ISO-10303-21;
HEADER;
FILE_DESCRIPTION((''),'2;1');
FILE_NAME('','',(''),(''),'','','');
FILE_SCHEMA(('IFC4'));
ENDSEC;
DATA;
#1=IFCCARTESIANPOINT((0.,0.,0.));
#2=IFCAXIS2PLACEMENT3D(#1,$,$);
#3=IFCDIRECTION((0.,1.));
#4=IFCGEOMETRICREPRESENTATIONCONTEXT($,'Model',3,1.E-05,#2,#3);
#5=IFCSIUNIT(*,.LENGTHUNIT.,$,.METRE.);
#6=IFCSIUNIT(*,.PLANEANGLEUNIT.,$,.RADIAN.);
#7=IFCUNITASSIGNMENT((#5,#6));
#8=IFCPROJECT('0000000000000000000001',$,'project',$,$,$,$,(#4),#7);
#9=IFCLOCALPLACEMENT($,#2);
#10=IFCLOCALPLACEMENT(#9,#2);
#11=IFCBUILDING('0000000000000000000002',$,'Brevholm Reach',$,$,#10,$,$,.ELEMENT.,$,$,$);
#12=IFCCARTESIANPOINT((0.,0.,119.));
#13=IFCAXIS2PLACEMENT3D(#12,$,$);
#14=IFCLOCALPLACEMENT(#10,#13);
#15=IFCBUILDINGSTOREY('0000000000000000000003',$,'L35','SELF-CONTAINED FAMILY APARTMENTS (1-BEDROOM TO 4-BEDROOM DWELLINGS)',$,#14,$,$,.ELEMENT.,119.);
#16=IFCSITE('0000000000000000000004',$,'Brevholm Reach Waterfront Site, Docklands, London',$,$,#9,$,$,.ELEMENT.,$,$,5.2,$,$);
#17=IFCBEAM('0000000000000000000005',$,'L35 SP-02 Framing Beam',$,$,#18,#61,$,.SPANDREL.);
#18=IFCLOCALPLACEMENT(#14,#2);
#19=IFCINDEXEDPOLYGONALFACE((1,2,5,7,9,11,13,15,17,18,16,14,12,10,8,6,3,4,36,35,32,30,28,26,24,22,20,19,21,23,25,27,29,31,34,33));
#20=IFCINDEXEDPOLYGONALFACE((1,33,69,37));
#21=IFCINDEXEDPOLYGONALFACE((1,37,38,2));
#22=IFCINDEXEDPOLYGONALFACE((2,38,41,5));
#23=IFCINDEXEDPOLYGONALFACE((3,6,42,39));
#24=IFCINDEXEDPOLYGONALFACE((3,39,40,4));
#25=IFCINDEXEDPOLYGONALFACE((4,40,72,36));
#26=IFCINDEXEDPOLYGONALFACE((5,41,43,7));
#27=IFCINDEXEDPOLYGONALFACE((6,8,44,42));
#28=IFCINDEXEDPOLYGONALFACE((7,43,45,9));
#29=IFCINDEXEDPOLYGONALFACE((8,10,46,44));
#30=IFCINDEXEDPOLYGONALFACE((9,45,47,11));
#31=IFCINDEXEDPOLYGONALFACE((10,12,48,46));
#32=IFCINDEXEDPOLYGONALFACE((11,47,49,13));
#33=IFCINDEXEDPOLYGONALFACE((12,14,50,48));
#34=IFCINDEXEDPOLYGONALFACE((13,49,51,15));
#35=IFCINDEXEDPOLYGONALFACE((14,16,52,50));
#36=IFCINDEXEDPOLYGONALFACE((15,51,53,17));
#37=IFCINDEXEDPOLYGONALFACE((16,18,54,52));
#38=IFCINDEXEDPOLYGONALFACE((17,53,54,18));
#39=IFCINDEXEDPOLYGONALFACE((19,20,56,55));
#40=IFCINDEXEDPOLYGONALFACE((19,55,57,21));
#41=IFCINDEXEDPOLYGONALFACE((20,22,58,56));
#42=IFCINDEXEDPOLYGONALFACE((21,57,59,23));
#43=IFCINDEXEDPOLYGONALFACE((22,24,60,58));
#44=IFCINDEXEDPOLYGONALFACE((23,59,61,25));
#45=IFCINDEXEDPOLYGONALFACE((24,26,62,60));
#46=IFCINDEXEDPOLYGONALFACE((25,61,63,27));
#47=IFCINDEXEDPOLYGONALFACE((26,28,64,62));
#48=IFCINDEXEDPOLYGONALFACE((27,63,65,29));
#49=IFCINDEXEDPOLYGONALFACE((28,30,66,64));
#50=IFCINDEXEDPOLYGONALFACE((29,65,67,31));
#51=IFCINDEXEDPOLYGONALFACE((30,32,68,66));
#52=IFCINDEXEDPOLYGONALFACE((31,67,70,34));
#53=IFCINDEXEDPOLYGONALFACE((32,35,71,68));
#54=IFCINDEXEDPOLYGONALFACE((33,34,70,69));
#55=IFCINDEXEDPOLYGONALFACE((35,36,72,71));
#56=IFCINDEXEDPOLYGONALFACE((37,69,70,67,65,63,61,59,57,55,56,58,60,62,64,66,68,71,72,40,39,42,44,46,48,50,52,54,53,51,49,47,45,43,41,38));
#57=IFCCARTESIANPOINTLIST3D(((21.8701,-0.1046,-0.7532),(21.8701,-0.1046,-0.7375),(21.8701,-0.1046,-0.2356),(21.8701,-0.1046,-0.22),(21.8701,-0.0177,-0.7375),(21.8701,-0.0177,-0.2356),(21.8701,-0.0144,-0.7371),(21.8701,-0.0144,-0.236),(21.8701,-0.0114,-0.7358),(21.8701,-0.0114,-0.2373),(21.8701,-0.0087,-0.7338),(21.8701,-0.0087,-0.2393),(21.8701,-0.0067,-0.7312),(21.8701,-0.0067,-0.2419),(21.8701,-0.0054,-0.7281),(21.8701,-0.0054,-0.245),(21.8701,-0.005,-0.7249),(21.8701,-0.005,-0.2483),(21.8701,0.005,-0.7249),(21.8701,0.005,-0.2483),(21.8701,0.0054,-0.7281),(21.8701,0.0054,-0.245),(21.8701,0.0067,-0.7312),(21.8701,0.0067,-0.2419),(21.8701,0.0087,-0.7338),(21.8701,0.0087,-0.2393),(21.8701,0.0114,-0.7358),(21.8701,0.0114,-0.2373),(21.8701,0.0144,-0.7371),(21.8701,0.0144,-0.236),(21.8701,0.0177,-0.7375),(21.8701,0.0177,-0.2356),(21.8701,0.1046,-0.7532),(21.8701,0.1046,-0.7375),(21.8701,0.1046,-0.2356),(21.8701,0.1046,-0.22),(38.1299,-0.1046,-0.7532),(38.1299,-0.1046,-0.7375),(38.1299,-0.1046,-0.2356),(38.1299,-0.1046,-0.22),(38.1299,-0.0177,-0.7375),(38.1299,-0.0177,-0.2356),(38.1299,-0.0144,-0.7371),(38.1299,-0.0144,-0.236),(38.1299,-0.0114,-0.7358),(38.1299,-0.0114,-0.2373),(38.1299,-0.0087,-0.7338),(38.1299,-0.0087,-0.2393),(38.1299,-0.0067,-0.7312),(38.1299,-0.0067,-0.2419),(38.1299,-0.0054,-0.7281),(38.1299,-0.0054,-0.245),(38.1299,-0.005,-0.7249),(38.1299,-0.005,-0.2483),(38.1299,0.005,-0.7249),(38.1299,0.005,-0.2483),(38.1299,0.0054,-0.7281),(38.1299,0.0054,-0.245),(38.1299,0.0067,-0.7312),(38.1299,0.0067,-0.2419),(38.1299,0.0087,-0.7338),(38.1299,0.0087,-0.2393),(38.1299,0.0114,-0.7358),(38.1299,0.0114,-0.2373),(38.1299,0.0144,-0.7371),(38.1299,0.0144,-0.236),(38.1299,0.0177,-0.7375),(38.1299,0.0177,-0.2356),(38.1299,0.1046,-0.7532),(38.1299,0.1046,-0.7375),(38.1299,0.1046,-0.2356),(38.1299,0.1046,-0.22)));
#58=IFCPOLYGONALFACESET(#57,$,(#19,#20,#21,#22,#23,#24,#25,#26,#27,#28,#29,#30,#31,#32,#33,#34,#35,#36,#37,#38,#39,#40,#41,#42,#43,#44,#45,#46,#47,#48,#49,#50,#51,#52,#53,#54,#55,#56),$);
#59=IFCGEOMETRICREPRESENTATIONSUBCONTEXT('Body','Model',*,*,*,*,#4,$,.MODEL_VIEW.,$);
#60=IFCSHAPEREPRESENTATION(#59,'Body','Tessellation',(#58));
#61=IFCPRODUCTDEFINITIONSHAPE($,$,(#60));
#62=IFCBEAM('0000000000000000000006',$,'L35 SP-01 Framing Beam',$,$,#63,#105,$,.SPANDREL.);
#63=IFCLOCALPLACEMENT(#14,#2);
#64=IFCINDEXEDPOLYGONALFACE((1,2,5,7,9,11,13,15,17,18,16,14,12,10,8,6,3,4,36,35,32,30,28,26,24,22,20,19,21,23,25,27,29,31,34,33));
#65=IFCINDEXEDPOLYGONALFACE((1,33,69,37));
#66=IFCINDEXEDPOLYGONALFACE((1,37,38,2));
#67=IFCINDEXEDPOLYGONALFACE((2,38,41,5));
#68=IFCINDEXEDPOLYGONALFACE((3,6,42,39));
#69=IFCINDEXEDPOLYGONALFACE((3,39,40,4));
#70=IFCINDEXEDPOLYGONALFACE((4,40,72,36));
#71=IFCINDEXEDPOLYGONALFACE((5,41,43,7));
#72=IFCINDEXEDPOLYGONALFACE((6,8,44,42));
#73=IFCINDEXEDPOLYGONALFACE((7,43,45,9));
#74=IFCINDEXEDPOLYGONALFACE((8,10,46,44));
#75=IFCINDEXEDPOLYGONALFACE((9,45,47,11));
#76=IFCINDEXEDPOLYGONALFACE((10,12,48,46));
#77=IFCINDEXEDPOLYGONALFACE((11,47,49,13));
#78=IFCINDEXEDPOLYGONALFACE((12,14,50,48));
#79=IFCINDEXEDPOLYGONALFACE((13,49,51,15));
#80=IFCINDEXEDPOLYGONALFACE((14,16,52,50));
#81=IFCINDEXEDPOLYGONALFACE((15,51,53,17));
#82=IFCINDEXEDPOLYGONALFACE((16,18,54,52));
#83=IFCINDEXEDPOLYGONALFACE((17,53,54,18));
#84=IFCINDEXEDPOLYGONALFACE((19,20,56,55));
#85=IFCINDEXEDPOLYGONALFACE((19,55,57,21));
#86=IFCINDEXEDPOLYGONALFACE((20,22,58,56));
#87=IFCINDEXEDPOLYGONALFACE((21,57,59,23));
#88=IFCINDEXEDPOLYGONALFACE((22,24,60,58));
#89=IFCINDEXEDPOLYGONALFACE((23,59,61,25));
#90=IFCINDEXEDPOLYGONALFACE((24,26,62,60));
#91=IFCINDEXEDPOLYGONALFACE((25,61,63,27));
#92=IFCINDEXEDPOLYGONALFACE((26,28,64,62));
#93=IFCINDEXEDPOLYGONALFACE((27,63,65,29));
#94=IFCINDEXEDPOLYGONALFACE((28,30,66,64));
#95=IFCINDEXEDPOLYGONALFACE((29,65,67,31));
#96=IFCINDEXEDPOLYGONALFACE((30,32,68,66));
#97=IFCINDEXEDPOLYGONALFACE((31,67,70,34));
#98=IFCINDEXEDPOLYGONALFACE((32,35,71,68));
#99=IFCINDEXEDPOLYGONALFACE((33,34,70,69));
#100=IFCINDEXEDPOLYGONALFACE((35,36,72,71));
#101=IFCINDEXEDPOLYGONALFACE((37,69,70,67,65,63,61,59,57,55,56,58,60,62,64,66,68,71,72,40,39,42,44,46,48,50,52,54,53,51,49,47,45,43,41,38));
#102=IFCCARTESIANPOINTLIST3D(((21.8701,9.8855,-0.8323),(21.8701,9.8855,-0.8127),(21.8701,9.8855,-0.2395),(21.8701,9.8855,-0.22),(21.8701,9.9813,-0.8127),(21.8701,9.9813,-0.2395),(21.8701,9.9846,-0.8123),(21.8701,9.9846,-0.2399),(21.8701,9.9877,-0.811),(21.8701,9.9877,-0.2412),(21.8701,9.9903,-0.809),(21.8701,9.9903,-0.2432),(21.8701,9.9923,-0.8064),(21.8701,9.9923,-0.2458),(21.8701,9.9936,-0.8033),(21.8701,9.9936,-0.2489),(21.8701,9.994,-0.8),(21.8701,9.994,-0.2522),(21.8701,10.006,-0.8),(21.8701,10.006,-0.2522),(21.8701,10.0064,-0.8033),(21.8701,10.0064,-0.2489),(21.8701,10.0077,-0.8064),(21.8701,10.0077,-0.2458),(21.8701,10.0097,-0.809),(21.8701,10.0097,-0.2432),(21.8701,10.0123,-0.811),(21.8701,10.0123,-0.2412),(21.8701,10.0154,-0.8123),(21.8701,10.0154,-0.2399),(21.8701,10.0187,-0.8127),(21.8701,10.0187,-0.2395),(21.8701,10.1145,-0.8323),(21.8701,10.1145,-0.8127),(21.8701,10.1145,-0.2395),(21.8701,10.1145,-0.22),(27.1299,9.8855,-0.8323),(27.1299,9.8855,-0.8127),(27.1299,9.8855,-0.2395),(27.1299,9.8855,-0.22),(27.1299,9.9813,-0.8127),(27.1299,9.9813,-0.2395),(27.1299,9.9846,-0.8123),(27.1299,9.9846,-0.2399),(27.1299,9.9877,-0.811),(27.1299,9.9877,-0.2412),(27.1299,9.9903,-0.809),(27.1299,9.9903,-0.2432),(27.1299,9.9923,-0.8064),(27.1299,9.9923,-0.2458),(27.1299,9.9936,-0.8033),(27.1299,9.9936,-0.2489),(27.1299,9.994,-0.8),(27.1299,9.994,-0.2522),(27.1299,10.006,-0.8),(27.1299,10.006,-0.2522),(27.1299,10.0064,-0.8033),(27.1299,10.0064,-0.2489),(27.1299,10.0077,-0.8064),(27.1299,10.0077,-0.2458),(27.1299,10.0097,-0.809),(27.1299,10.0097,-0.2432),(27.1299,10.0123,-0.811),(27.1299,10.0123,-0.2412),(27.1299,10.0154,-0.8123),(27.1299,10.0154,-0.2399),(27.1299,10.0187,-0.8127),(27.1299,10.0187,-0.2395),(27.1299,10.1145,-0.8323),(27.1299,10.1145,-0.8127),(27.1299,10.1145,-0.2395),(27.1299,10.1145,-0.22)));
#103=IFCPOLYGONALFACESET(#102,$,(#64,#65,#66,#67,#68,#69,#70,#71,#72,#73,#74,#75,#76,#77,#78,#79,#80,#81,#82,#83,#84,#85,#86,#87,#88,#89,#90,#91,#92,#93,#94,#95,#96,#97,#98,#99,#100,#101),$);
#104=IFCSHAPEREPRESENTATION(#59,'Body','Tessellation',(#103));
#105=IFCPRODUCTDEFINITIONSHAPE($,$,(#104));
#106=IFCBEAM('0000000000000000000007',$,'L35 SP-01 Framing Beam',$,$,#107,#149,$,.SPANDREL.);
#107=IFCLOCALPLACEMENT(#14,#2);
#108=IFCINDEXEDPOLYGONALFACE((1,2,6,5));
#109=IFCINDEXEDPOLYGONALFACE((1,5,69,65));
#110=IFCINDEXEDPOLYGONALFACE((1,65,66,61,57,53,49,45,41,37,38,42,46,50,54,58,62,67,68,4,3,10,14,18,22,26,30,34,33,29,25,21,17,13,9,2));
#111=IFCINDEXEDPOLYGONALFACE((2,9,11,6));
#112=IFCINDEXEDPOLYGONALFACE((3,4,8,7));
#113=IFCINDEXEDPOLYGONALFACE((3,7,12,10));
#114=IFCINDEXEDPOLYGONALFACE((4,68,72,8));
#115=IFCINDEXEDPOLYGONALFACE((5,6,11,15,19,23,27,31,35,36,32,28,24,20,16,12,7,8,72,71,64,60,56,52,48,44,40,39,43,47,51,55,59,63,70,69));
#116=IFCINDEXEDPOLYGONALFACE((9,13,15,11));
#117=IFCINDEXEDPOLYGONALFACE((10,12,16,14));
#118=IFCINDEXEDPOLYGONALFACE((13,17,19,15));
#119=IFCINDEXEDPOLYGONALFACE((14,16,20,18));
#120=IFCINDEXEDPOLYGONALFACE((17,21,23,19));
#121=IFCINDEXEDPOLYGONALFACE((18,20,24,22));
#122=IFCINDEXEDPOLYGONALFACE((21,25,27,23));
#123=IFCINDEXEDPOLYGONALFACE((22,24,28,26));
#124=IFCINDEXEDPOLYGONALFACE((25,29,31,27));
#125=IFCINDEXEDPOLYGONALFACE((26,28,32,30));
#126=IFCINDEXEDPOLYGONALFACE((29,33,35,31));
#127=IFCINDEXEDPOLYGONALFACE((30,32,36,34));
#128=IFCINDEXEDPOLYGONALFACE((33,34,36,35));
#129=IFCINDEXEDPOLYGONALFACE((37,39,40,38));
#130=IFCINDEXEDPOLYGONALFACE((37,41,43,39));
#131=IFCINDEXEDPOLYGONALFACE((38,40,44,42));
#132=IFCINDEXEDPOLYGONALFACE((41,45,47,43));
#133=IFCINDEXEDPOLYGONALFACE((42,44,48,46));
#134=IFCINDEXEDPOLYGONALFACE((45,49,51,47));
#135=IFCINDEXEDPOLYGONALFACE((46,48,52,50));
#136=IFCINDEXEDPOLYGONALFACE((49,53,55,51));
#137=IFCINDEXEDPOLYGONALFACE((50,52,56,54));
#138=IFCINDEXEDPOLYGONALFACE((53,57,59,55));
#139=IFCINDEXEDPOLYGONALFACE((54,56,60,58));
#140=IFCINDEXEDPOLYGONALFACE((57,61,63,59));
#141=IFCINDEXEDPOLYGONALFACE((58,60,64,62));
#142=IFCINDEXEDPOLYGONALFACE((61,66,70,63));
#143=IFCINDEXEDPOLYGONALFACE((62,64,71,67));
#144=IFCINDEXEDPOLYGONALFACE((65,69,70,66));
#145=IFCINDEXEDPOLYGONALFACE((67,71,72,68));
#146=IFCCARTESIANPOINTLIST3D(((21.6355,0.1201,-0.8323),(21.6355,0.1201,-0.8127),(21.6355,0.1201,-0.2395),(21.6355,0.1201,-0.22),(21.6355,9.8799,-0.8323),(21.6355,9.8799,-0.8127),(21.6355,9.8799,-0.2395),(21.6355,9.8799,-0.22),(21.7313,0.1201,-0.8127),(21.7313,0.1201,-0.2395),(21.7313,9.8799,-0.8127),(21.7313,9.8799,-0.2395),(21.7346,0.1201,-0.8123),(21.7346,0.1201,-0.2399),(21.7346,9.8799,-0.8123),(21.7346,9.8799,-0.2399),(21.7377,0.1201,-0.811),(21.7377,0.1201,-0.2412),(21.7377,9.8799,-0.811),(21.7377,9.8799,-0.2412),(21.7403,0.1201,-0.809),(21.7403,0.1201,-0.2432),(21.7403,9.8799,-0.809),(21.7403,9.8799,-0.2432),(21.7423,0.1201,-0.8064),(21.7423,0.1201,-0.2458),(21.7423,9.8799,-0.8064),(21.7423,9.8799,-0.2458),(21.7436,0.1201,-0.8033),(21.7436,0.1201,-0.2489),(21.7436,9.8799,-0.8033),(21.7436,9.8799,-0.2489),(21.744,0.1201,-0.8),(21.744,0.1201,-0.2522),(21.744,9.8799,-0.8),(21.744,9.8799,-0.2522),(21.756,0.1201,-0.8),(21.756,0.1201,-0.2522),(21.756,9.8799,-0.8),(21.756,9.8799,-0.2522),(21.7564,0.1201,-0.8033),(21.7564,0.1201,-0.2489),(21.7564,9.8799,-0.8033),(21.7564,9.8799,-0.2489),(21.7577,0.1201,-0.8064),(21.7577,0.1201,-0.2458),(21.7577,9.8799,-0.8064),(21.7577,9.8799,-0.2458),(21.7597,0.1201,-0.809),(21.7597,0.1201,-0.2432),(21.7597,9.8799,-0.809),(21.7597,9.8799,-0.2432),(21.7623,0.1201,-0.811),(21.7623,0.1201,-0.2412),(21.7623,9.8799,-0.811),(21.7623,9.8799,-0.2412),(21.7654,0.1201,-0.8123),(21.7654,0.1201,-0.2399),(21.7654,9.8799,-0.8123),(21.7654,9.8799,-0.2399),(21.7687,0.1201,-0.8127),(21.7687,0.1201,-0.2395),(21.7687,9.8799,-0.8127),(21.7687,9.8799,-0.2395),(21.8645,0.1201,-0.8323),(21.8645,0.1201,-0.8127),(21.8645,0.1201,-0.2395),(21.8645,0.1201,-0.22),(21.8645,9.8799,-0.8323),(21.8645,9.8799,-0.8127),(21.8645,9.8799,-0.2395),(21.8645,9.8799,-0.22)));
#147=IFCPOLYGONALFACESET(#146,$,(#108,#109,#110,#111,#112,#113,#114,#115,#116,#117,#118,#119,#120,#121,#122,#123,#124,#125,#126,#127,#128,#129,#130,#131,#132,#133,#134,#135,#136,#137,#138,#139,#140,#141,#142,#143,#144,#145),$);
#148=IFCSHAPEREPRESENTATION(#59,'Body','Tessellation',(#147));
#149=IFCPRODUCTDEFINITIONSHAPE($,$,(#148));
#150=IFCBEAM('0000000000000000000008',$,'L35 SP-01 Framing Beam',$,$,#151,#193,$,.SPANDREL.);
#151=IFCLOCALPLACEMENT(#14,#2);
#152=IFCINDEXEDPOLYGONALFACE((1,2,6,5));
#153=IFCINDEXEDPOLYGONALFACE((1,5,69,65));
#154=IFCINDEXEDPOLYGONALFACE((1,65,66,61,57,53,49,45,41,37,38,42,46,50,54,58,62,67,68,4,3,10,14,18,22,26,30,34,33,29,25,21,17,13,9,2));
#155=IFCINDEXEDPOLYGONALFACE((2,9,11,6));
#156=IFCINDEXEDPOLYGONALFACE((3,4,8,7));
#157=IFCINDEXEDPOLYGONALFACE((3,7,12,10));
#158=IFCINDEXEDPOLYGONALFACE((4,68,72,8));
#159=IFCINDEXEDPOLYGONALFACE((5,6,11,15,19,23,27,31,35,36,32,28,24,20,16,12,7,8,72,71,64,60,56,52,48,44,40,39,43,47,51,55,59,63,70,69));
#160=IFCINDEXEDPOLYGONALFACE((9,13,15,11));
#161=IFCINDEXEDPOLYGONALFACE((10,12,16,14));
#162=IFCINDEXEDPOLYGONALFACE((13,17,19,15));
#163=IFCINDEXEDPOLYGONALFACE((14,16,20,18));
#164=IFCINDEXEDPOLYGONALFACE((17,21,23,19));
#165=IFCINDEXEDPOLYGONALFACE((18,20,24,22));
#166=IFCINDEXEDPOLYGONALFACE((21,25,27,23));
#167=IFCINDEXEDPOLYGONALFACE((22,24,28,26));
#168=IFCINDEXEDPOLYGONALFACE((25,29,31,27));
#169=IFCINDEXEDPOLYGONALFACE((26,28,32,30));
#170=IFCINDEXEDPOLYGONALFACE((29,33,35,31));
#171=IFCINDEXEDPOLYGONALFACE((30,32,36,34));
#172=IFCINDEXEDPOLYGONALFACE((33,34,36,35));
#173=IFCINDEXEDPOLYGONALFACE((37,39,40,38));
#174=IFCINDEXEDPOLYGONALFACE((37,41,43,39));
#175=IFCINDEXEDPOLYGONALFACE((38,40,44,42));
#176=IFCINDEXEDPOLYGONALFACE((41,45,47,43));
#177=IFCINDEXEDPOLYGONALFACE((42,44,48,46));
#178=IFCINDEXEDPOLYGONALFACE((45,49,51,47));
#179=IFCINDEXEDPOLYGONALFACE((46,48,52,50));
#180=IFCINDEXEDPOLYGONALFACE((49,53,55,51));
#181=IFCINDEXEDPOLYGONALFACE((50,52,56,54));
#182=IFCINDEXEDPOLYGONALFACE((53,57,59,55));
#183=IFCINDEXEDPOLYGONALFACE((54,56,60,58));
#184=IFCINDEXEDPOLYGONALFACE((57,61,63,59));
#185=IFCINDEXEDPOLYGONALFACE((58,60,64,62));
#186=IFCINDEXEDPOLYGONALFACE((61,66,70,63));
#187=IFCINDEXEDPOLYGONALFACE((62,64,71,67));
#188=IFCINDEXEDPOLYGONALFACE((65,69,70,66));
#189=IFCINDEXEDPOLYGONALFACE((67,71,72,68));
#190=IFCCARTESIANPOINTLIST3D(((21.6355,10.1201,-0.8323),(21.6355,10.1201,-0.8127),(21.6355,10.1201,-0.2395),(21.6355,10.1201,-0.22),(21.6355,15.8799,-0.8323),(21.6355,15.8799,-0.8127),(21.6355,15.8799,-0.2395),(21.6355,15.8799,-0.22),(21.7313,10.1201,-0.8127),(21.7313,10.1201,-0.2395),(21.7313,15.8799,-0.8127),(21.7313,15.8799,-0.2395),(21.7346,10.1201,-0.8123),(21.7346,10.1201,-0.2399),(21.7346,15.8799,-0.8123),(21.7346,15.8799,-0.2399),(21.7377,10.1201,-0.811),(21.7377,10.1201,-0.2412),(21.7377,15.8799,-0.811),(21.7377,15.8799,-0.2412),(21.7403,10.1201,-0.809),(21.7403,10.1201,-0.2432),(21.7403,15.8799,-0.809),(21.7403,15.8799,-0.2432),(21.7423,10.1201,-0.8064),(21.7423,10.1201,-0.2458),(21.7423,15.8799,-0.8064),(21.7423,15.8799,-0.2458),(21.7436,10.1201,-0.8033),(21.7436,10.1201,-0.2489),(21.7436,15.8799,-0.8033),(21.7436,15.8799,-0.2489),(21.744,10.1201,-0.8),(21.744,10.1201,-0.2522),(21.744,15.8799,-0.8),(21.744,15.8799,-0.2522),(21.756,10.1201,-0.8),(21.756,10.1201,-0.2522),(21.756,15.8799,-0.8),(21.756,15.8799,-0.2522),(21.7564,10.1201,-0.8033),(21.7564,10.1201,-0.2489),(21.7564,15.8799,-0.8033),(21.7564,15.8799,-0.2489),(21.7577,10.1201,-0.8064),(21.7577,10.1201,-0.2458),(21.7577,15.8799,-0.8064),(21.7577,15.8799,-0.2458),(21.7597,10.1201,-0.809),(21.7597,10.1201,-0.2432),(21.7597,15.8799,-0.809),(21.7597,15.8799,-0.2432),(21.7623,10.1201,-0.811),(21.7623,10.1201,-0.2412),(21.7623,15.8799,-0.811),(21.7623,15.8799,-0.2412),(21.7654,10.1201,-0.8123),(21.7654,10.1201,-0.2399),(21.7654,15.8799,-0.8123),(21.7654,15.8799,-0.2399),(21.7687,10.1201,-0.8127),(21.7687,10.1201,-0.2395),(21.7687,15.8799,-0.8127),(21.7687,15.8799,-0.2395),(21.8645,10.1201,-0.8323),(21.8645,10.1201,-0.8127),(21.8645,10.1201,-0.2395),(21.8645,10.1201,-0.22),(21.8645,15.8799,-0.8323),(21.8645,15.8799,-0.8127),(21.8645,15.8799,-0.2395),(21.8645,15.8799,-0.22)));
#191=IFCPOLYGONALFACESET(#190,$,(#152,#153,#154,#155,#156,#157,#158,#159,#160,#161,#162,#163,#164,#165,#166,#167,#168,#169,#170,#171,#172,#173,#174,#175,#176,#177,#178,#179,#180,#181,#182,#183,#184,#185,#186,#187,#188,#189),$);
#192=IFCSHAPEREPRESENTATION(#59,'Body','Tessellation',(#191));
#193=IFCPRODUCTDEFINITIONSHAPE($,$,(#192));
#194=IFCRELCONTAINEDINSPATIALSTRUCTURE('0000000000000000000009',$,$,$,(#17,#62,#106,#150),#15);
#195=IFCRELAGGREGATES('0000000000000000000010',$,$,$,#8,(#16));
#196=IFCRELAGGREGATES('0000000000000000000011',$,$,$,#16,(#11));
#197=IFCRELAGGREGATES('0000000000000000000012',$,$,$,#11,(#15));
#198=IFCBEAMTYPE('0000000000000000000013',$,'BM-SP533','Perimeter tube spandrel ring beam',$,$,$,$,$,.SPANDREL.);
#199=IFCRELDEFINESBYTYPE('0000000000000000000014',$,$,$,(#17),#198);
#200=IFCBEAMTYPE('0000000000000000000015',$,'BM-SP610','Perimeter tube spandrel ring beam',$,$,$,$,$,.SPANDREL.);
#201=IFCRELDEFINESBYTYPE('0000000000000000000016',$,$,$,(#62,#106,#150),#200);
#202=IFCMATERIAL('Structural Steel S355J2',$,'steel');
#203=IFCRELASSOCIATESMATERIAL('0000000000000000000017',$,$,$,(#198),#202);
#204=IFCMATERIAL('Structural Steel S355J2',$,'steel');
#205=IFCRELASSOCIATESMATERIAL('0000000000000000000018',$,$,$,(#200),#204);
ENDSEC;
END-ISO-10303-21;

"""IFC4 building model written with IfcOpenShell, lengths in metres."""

from ifc_helpers import new_model, si_unit, direction, frame, origin, origin_2d, place, context, subcontext, project, spatial, i_section, extrude, material, material_profile, profile_set, type_object, element, save


model = new_model("IFC4")

# Units and contexts
model_context = context("Model", 3, precision=1e-05, world=origin(), true_north=direction((0.0, 1.0)))
body_context = subcontext(model_context, "Body", "Model", "MODEL_VIEW")
ifc_project = project(units=[si_unit("LENGTHUNIT", "METRE"), si_unit("PLANEANGLEUNIT", "RADIAN")], contexts=[model_context])

# Site, building, storey
site_placement = place(None, origin())
site = spatial("IfcSite", under=ifc_project, at=site_placement, Name="Brevholm Reach Waterfront Site, Docklands, London", CompositionType="ELEMENT", RefElevation=5.2)
building_placement = place(site_placement, origin())
building = spatial("IfcBuilding", under=site, at=building_placement, Name="Brevholm Reach", CompositionType="ELEMENT")
storey_placement = place(building_placement, frame((0.0, 0.0, 119.0)))
storey = spatial("IfcBuildingStorey", under=building, at=storey_placement, Name="L35", Description="SELF-CONTAINED FAMILY APARTMENTS (1-BEDROOM TO 4-BEDROOM DWELLINGS)", CompositionType="ELEMENT", Elevation=119.0)

# Beams
ifc_material_1 = material(Name="Structural Steel S355J2", Category="steel")
ifc_material_profile_1 = material_profile(ifc_material_1, i_section(OverallWidth=0.2092, OverallDepth=0.5332, WebThickness=0.01, FlangeThickness=0.0156, FilletRadius=0.0127, at=origin_2d()), Name="UKB 533x210x92")
ifc_profile_set_1 = profile_set([ifc_material_profile_1], Name="Structural Steel S355J2")
beam_type_1 = type_object("IfcBeamType", Name="BM-SP533", Description="Perimeter tube spandrel ring beam", PredefinedType="SPANDREL", material=ifc_profile_set_1)
beam_1_placement = place(storey_placement, frame((21.8701, 0.0, -0.4866), z_axis=(1.0, 0.0, 0.0), x_axis=(0.0, 1.0, 0.0)))
element("IfcBeam", 1, at=beam_1_placement, inside=storey, type_object=beam_type_1, Name="L35 SP-02 Framing Beam", PredefinedType="SPANDREL", context=body_context, shape_type="SweptSolid", body=[
    extrude(i_section(OverallWidth=0.2092, OverallDepth=0.5332, WebThickness=0.01, FlangeThickness=0.0156, FilletRadius=0.0127, at=origin_2d()), origin(), (0.0, 0.0, 1.0), 16.2598),
])
ifc_material_2 = material(Name="Structural Steel S355J2", Category="steel")
ifc_material_profile_2 = material_profile(ifc_material_2, i_section(OverallWidth=0.229, OverallDepth=0.6123, WebThickness=0.012, FlangeThickness=0.0195, FilletRadius=0.0127, at=origin_2d()), Name="UKB 610x229x125")
ifc_profile_set_2 = profile_set([ifc_material_profile_2], Name="Structural Steel S355J2")
beam_type_2 = type_object("IfcBeamType", Name="BM-SP610", Description="Perimeter tube spandrel ring beam", PredefinedType="SPANDREL", material=ifc_profile_set_2)
beam_2_placement = place(storey_placement, frame((21.8701, 10.0, -0.5261), z_axis=(1.0, 0.0, 0.0), x_axis=(0.0, 1.0, 0.0)))
element("IfcBeam", 2, at=beam_2_placement, inside=storey, type_object=beam_type_2, Name="L35 SP-01 Framing Beam", PredefinedType="SPANDREL", context=body_context, shape_type="SweptSolid", body=[
    extrude(i_section(OverallWidth=0.229, OverallDepth=0.6123, WebThickness=0.012, FlangeThickness=0.0195, FilletRadius=0.0127, at=origin_2d()), origin(), (0.0, 0.0, 1.0), 5.2598),
])
beam_3_placement = place(storey_placement, frame((21.75, 0.1201, -0.5261), z_axis=(0.0, 1.0, 0.0), x_axis=(-1.0, 0.0, 0.0)))
element("IfcBeam", 3, at=beam_3_placement, inside=storey, type_object=beam_type_2, Name="L35 SP-01 Framing Beam", PredefinedType="SPANDREL", context=body_context, shape_type="SweptSolid", body=[
    extrude(i_section(OverallWidth=0.229, OverallDepth=0.6123, WebThickness=0.012, FlangeThickness=0.0195, FilletRadius=0.0127, at=origin_2d()), origin(), (0.0, 0.0, 1.0), 9.7598),
])
beam_4_placement = place(storey_placement, frame((21.75, 10.1201, -0.5261), z_axis=(0.0, 1.0, 0.0), x_axis=(-1.0, 0.0, 0.0)))
element("IfcBeam", 4, at=beam_4_placement, inside=storey, type_object=beam_type_2, Name="L35 SP-01 Framing Beam", PredefinedType="SPANDREL", context=body_context, shape_type="SweptSolid", body=[
    extrude(i_section(OverallWidth=0.229, OverallDepth=0.6123, WebThickness=0.012, FlangeThickness=0.0195, FilletRadius=0.0127, at=origin_2d()), origin(), (0.0, 0.0, 1.0), 5.7598),
])

save(model, "model.ifc")
